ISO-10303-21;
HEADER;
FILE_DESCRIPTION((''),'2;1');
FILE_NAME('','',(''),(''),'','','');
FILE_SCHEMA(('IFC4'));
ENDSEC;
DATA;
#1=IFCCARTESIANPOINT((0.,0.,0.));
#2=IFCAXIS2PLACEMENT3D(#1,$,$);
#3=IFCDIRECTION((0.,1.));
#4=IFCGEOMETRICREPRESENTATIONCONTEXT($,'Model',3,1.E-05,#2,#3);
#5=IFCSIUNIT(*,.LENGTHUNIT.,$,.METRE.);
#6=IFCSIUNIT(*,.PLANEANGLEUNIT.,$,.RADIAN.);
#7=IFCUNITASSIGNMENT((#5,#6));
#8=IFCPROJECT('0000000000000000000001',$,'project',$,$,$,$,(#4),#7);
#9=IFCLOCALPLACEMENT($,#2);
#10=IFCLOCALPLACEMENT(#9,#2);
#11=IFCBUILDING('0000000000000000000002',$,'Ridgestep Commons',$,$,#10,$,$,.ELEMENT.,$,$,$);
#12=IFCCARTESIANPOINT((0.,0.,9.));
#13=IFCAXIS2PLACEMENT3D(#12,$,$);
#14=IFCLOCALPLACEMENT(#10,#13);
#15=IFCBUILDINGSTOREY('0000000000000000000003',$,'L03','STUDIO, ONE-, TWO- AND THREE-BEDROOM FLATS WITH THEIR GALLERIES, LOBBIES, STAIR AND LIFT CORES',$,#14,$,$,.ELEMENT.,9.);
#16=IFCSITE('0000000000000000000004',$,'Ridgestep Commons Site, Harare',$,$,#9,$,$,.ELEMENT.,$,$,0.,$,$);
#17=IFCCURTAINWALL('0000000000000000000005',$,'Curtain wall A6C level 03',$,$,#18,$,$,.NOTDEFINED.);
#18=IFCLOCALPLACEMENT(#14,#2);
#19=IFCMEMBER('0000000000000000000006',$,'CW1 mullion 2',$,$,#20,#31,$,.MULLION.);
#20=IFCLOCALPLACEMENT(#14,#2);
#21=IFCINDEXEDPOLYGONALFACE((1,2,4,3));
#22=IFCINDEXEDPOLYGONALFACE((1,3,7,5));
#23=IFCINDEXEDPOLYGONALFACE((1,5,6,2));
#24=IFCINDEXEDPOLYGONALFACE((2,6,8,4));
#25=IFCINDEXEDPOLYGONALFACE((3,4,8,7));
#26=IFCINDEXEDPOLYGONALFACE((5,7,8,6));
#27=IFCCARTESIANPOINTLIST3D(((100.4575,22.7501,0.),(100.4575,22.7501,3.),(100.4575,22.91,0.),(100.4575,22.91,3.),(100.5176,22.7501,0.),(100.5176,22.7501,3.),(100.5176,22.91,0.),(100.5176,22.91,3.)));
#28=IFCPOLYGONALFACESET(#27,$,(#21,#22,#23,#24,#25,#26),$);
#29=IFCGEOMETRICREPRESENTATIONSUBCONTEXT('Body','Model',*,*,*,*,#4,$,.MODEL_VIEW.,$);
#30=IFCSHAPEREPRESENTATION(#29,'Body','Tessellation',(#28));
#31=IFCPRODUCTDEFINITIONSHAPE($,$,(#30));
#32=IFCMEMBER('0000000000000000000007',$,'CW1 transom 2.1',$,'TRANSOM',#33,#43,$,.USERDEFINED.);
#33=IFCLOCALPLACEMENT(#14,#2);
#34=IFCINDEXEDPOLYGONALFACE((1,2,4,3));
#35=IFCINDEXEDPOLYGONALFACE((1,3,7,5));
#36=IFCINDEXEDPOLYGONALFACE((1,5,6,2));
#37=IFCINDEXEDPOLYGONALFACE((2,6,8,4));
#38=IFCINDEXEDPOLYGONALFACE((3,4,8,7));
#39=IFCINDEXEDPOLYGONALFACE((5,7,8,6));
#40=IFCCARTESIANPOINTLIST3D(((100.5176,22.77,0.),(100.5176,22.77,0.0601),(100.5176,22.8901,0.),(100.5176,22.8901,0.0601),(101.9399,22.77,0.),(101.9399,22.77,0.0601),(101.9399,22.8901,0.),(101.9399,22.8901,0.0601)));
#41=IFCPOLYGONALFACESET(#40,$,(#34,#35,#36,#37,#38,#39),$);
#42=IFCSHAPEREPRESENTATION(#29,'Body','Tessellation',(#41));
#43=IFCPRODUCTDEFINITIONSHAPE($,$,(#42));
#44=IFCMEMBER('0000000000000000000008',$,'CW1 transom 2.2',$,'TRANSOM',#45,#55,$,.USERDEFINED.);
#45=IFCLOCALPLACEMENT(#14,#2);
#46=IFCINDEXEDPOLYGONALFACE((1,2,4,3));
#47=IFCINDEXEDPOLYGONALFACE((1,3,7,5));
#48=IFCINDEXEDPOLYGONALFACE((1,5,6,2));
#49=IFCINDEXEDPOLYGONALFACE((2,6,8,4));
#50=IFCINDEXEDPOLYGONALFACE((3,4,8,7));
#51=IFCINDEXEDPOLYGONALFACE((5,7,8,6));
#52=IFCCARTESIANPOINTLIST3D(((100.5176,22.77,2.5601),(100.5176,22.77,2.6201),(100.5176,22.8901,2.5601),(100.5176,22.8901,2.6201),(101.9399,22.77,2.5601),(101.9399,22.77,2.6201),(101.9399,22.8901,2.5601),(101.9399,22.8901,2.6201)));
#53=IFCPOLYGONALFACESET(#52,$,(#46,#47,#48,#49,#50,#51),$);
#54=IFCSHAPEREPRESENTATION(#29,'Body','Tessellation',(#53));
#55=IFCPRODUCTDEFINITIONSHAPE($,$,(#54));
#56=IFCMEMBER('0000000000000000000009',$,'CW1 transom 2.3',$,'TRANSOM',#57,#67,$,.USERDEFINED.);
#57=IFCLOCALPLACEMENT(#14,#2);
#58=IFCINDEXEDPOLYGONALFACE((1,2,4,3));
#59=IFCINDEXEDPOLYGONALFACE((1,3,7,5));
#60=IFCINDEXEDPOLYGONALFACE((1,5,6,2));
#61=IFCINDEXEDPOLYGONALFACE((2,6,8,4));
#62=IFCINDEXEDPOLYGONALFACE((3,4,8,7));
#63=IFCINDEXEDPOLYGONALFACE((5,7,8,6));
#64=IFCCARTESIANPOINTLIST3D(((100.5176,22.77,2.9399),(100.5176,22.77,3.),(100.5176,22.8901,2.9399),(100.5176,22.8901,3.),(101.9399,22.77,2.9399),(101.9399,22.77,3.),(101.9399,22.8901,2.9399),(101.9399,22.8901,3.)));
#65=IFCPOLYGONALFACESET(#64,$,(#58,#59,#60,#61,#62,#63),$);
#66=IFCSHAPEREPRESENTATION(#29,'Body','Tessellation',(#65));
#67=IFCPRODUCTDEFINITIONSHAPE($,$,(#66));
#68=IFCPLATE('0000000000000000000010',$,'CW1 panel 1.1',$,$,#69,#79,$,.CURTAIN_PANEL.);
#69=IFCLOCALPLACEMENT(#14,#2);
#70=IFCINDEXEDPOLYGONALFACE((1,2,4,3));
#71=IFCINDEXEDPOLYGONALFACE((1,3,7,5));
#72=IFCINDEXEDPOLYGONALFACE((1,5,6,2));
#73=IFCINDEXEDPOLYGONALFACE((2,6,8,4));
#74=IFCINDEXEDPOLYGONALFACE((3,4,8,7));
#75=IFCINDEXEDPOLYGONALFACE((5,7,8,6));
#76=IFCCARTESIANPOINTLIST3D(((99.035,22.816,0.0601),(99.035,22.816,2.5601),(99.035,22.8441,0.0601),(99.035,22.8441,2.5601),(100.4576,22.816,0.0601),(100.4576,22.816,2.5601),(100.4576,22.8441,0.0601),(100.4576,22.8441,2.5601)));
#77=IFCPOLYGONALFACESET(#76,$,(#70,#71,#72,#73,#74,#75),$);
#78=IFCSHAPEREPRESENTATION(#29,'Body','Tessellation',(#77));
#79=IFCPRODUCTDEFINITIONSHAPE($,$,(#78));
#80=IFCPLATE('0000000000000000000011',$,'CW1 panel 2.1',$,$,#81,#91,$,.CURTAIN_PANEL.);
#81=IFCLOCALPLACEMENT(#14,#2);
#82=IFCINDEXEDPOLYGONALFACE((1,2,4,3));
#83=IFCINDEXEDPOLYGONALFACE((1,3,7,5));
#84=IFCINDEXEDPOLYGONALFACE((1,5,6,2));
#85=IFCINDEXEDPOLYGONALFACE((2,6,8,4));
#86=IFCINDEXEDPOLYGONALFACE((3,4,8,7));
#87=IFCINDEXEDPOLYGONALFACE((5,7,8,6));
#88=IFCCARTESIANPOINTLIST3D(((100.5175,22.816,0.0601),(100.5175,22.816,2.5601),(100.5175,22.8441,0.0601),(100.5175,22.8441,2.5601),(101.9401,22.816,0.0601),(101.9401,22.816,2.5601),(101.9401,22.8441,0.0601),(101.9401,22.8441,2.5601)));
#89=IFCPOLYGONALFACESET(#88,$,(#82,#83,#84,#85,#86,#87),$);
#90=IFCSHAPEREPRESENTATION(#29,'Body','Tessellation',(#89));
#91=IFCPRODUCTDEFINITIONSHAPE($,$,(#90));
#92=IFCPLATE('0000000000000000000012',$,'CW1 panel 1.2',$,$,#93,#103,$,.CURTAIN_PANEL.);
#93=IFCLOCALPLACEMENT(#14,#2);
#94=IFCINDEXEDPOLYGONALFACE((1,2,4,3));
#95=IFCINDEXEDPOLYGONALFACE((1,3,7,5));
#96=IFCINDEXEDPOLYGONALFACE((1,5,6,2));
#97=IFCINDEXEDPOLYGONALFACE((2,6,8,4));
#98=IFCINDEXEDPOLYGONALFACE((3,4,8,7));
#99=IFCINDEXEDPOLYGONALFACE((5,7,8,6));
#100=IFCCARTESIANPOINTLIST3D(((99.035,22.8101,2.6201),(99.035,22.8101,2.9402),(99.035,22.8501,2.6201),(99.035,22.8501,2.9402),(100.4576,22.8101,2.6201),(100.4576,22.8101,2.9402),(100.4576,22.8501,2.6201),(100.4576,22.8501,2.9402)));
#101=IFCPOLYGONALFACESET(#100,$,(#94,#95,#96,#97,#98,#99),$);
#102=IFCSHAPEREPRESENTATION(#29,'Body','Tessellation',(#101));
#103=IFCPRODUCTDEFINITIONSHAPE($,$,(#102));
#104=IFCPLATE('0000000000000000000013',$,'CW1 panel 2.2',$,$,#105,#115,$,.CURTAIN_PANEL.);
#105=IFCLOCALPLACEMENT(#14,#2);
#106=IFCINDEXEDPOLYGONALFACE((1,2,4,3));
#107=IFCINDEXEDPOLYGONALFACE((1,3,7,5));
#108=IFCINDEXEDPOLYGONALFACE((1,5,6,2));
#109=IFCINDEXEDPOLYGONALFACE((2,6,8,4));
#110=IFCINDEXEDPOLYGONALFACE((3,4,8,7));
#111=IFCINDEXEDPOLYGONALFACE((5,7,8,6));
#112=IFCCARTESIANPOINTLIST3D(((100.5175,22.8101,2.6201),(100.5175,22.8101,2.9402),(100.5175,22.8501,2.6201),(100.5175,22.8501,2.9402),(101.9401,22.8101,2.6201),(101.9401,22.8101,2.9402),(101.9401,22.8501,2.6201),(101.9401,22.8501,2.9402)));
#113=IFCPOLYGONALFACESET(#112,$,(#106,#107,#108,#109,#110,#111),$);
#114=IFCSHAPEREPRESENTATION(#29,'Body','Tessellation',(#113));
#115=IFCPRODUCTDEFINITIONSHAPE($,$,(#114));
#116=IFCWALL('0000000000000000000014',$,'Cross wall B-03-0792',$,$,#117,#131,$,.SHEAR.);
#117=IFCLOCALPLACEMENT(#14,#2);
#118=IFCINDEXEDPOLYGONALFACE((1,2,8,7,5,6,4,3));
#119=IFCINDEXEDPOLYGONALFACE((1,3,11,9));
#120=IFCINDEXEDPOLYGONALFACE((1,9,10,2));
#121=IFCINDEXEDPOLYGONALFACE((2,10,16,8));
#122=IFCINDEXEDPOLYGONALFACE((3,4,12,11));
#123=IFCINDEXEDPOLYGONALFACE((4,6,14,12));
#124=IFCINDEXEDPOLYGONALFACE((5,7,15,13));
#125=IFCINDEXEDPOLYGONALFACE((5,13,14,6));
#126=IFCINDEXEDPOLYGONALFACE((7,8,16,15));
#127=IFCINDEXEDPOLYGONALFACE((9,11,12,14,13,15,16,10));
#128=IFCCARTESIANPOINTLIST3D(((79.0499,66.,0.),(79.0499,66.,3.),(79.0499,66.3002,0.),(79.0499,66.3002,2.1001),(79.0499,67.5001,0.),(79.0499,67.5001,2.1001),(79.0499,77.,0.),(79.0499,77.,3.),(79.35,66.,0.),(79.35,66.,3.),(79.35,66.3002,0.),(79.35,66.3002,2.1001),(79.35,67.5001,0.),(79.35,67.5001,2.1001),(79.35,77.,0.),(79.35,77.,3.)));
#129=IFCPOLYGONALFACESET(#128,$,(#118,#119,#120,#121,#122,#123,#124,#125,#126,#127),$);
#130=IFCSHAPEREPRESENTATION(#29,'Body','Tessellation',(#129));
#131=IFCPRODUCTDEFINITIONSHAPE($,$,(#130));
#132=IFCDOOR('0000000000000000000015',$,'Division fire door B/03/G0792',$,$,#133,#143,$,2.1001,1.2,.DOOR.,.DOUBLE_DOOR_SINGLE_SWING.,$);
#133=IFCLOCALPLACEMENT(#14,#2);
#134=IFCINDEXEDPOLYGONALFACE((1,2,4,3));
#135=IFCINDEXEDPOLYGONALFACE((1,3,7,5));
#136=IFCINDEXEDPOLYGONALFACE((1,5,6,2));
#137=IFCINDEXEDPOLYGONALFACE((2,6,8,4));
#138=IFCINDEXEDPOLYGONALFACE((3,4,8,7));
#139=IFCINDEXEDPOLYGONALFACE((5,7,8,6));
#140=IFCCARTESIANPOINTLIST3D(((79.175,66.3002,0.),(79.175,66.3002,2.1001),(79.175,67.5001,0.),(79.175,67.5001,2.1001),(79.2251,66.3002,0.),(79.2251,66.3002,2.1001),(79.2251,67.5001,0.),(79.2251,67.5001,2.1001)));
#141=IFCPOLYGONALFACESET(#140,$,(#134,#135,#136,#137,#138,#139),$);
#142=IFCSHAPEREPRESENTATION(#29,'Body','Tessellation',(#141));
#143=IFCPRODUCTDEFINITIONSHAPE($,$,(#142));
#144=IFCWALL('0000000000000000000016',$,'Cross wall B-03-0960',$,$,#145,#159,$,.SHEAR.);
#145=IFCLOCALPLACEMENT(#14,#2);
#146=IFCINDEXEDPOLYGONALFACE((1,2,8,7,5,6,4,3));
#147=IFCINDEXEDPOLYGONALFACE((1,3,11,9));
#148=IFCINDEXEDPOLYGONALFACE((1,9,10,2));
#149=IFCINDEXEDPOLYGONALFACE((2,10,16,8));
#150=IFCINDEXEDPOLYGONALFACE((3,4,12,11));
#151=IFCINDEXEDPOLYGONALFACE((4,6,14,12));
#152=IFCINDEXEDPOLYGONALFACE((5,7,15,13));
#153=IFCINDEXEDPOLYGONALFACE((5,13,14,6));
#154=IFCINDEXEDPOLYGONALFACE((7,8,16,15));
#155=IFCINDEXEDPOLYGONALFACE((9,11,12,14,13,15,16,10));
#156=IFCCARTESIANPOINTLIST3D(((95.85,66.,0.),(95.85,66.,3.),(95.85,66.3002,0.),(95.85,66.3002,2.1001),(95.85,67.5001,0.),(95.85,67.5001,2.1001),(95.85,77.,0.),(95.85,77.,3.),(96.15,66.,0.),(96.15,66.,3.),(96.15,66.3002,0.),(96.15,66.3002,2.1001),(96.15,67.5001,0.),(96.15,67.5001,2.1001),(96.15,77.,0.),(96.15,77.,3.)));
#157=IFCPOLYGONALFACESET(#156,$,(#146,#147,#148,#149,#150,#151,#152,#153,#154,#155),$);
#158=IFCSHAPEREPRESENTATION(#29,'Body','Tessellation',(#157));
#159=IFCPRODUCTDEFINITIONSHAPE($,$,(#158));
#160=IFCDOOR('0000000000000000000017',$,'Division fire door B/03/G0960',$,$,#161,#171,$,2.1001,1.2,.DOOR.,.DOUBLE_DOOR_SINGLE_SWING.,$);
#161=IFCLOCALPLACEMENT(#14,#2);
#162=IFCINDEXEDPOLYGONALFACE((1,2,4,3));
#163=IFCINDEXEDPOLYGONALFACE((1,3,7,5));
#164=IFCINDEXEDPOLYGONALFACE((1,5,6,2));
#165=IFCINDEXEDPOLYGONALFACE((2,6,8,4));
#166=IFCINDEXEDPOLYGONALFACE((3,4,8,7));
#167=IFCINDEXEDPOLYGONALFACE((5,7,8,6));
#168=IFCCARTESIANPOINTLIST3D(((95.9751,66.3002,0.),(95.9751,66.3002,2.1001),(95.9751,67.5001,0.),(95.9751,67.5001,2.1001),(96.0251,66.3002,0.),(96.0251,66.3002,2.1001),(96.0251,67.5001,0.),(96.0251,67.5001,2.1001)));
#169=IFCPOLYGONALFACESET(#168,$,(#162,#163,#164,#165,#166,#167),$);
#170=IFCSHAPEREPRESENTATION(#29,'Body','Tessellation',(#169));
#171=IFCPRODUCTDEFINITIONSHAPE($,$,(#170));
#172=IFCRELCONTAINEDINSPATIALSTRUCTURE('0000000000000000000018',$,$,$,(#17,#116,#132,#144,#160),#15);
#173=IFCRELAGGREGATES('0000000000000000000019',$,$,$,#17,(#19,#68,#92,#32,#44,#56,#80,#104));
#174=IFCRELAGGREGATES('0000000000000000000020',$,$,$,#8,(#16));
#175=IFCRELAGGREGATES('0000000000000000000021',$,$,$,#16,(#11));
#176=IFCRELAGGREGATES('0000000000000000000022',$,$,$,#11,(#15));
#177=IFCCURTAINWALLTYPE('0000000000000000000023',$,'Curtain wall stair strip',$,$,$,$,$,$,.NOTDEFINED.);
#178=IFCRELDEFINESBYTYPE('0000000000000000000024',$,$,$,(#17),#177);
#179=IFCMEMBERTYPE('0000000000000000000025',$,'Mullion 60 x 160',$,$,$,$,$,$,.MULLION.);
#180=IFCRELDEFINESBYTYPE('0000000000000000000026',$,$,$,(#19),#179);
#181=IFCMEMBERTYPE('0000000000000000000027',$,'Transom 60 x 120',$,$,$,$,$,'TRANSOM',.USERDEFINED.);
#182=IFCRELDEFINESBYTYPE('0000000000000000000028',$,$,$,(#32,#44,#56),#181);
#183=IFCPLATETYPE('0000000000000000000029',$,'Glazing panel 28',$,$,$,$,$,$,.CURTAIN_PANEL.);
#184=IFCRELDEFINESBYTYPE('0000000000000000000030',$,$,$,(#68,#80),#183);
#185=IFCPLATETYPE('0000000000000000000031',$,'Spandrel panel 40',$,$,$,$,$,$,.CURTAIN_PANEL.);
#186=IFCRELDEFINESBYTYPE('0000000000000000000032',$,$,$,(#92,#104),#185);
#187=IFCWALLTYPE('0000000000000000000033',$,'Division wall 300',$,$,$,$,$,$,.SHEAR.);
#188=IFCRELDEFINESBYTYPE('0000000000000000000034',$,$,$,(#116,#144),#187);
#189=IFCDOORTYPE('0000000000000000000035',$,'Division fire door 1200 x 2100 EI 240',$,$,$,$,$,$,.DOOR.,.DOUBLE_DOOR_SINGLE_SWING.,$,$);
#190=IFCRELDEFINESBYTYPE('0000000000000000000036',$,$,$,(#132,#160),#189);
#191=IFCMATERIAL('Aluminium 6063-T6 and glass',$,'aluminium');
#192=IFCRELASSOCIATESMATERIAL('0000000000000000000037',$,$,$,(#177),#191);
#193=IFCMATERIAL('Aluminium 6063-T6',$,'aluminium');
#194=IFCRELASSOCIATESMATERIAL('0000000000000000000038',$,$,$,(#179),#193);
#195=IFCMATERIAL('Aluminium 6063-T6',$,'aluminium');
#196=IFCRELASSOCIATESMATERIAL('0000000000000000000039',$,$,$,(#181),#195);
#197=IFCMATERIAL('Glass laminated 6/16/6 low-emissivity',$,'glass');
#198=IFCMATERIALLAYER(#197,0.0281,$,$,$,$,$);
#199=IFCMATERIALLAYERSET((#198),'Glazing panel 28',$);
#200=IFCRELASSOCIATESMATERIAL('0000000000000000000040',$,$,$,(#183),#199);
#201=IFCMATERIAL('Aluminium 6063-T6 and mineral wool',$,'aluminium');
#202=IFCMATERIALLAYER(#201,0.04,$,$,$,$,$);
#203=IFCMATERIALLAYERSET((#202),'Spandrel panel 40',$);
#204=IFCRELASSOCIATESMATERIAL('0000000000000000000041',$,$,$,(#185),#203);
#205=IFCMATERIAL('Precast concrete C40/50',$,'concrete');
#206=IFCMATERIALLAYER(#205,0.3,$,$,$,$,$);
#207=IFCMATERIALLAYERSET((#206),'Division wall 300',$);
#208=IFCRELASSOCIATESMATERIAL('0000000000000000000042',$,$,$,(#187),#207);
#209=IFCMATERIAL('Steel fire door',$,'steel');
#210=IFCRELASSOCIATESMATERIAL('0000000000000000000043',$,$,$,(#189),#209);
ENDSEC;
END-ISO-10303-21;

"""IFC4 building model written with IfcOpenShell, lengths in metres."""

from ifc_helpers import new_model, si_unit, direction, frame, frame_2d, origin, origin_2d, place, context, subcontext, project, spatial, rectangle, extrude, material, layer, layer_set, material_profile, profile_set, type_object, element, fill, aggregate, save


model = new_model("IFC4")

# Units and contexts
model_context = context("Model", 3, precision=1e-05, world=origin(), true_north=direction((0.0, 1.0)))
body_context = subcontext(model_context, "Body", "Model", "MODEL_VIEW")
ifc_project = project(units=[si_unit("LENGTHUNIT", "METRE"), si_unit("PLANEANGLEUNIT", "RADIAN")], contexts=[model_context])

# Site, building, storey
site_placement = place(None, origin())
site = spatial("IfcSite", under=ifc_project, at=site_placement, Name="Ridgestep Commons Site, Harare", CompositionType="ELEMENT", RefElevation=0.0)
building_placement = place(site_placement, origin())
building = spatial("IfcBuilding", under=site, at=building_placement, Name="Ridgestep Commons", CompositionType="ELEMENT")
storey_placement = place(building_placement, frame((0.0, 0.0, 9.0)))
storey = spatial("IfcBuildingStorey", under=building, at=storey_placement, Name="L03", Description="STUDIO, ONE-, TWO- AND THREE-BEDROOM FLATS WITH THEIR GALLERIES, LOBBIES, STAIR AND LIFT CORES", CompositionType="ELEMENT", Elevation=9.0)

# Curtain wall, members, plates
ifc_material_1 = material(Name="Aluminium 6063-T6 and glass", Category="aluminium")
curtain_wall_type = type_object("IfcCurtainWallType", Name="Curtain wall stair strip", PredefinedType="NOTDEFINED", material=ifc_material_1)
curtain_wall_placement = place(storey_placement, origin())
curtain_wall = element("IfcCurtainWall", 1, at=curtain_wall_placement, inside=storey, type_object=curtain_wall_type, Name="Curtain wall A6C level 03", PredefinedType="NOTDEFINED")
ifc_material_2 = material(Name="Aluminium 6063-T6", Category="aluminium")
ifc_material_profile_1 = material_profile(ifc_material_2, rectangle(XDim=0.1599, YDim=0.0601, at=origin_2d()), Name="Mullion 60 x 160")
ifc_profile_set_1 = profile_set([ifc_material_profile_1], Name="Aluminium 6063-T6")
member_type_1 = type_object("IfcMemberType", Name="Mullion 60 x 160", PredefinedType="MULLION", material=ifc_profile_set_1)
member_1_placement = place(storey_placement, frame((100.4875, 22.8301, 0.0), z_axis=(0.0, 0.0, 1.0), x_axis=(0.0, 1.0, 0.0)))
member_1 = element("IfcMember", 2, at=member_1_placement, type_object=member_type_1, Name="CW1 mullion 2", PredefinedType="MULLION", context=body_context, shape_type="SweptSolid", body=[
    extrude(rectangle(XDim=0.1599, YDim=0.0601, at=origin_2d()), origin(), (0.0, 0.0, 1.0), 3.0),
])
ifc_material_3 = material(Name="Aluminium 6063-T6", Category="aluminium")
ifc_material_profile_2 = material_profile(ifc_material_3, rectangle(XDim=0.1201, YDim=0.0601, at=origin_2d()), Name="Transom 60 x 120")
ifc_profile_set_2 = profile_set([ifc_material_profile_2], Name="Aluminium 6063-T6")
member_type_2 = type_object("IfcMemberType", Name="Transom 60 x 120", ElementType="TRANSOM", PredefinedType="USERDEFINED", material=ifc_profile_set_2)
member_2_placement = place(storey_placement, frame((100.5176, 22.8301, 0.03), z_axis=(1.0, 0.0, 0.0), x_axis=(0.0, 1.0, 0.0)))
member_2 = element("IfcMember", 3, at=member_2_placement, type_object=member_type_2, Name="CW1 transom 2.1", ObjectType="TRANSOM", PredefinedType="USERDEFINED", context=body_context, shape_type="SweptSolid", body=[
    extrude(rectangle(XDim=0.1201, YDim=0.0601, at=origin_2d()), origin(), (0.0, 0.0, 1.0), 1.4224),
])
member_3_placement = place(storey_placement, frame((100.5176, 22.8301, 2.5901), z_axis=(1.0, 0.0, 0.0), x_axis=(0.0, 1.0, 0.0)))
member_3 = element("IfcMember", 4, at=member_3_placement, type_object=member_type_2, Name="CW1 transom 2.2", ObjectType="TRANSOM", PredefinedType="USERDEFINED", context=body_context, shape_type="SweptSolid", body=[
    extrude(rectangle(XDim=0.1201, YDim=0.0601, at=origin_2d()), origin(), (0.0, 0.0, 1.0), 1.4224),
])
member_4_placement = place(storey_placement, frame((100.5176, 22.8301, 2.97), z_axis=(1.0, 0.0, 0.0), x_axis=(0.0, 1.0, 0.0)))
member_4 = element("IfcMember", 5, at=member_4_placement, type_object=member_type_2, Name="CW1 transom 2.3", ObjectType="TRANSOM", PredefinedType="USERDEFINED", context=body_context, shape_type="SweptSolid", body=[
    extrude(rectangle(XDim=0.1201, YDim=0.0601, at=origin_2d()), origin(), (0.0, 0.0, 1.0), 1.4224),
])
ifc_material_4 = material(Name="Glass laminated 6/16/6 low-emissivity", Category="glass")
ifc_layer_1 = layer(ifc_material_4, 0.0281)
ifc_layer_set_1 = layer_set([ifc_layer_1], Name="Glazing panel 28")
plate_type_1 = type_object("IfcPlateType", Name="Glazing panel 28", PredefinedType="CURTAIN_PANEL", material=ifc_layer_set_1)
plate_1_placement = place(storey_placement, frame((99.7463, 22.8301, 0.0601), z_axis=(0.0, 0.0, 1.0), x_axis=(1.0, 0.0, 0.0)))
plate_1 = element("IfcPlate", 6, at=plate_1_placement, type_object=plate_type_1, Name="CW1 panel 1.1", PredefinedType="CURTAIN_PANEL", context=body_context, shape_type="SweptSolid", body=[
    extrude(rectangle(XDim=1.4226, YDim=0.0281, at=origin_2d()), origin(), (0.0, 0.0, 1.0), 2.5),
])
plate_2_placement = place(storey_placement, frame((101.2288, 22.8301, 0.0601), z_axis=(0.0, 0.0, 1.0), x_axis=(1.0, 0.0, 0.0)))
plate_2 = element("IfcPlate", 7, at=plate_2_placement, type_object=plate_type_1, Name="CW1 panel 2.1", PredefinedType="CURTAIN_PANEL", context=body_context, shape_type="SweptSolid", body=[
    extrude(rectangle(XDim=1.4226, YDim=0.0281, at=origin_2d()), origin(), (0.0, 0.0, 1.0), 2.5),
])
ifc_material_5 = material(Name="Aluminium 6063-T6 and mineral wool", Category="aluminium")
ifc_layer_2 = layer(ifc_material_5, 0.04)
ifc_layer_set_2 = layer_set([ifc_layer_2], Name="Spandrel panel 40")
plate_type_2 = type_object("IfcPlateType", Name="Spandrel panel 40", PredefinedType="CURTAIN_PANEL", material=ifc_layer_set_2)
plate_3_placement = place(storey_placement, frame((99.7463, 22.8301, 2.6201), z_axis=(0.0, 0.0, 1.0), x_axis=(1.0, 0.0, 0.0)))
plate_3 = element("IfcPlate", 8, at=plate_3_placement, type_object=plate_type_2, Name="CW1 panel 1.2", PredefinedType="CURTAIN_PANEL", context=body_context, shape_type="SweptSolid", body=[
    extrude(rectangle(XDim=1.4226, YDim=0.04, at=origin_2d()), origin(), (0.0, 0.0, 1.0), 0.3201),
])
plate_4_placement = place(storey_placement, frame((101.2288, 22.8301, 2.6201), z_axis=(0.0, 0.0, 1.0), x_axis=(1.0, 0.0, 0.0)))
plate_4 = element("IfcPlate", 9, at=plate_4_placement, type_object=plate_type_2, Name="CW1 panel 2.2", PredefinedType="CURTAIN_PANEL", context=body_context, shape_type="SweptSolid", body=[
    extrude(rectangle(XDim=1.4226, YDim=0.04, at=origin_2d()), origin(), (0.0, 0.0, 1.0), 0.3201),
])
aggregate(curtain_wall, [member_1, plate_1, plate_3, member_2, member_3, member_4, plate_2, plate_4])

# Walls, openings, doors
ifc_material_6 = material(Name="Precast concrete C40/50", Category="concrete")
ifc_layer_3 = layer(ifc_material_6, 0.3)
ifc_layer_set_3 = layer_set([ifc_layer_3], Name="Division wall 300")
wall_type_1 = type_object("IfcWallType", Name="Division wall 300", PredefinedType="SHEAR", material=ifc_layer_set_3)
wall_1_placement = place(storey_placement, frame((79.2, 66.0, 0.0), z_axis=(0.0, 0.0, 1.0), x_axis=(0.0, 1.0, 0.0)))
wall_1 = element("IfcWall", 10, at=wall_1_placement, inside=storey, type_object=wall_type_1, Name="Cross wall B-03-0792", PredefinedType="SHEAR", context=body_context, shape_type="SweptSolid", body=[
    extrude(rectangle(XDim=11.0, YDim=0.3, at=frame_2d((5.5, 0.0))), origin(), (0.0, 0.0, 1.0), 3.0),
])
opening_1_placement = place(wall_1_placement, frame((0.3, 0.0, 0.0)))
opening_1 = element("IfcOpeningElement", 11, at=opening_1_placement, cuts=wall_1, PredefinedType="OPENING", context=body_context, shape_type="SweptSolid", body=[
    extrude(rectangle(XDim=1.2, YDim=2.1001, at=frame_2d((0.6001, 1.05))), frame((0.0, 0.1599, 0.0), z_axis=(0.0, -1.0, 0.0), x_axis=(1.0, 0.0, 0.0)), (0.0, 0.0, 1.0), 0.3201),
])
ifc_material_7 = material(Name="Steel fire door", Category="steel")
door_type = type_object("IfcDoorType", Name="Division fire door 1200 x 2100 EI 240", OperationType="DOUBLE_DOOR_SINGLE_SWING", PredefinedType="DOOR", material=ifc_material_7)
door_1_placement = place(opening_1_placement, origin())
door_1 = element("IfcDoor", 12, at=door_1_placement, inside=storey, type_object=door_type, Name="Division fire door B/03/G0792", OperationType="DOUBLE_DOOR_SINGLE_SWING", OverallHeight=2.1001, OverallWidth=1.2, PredefinedType="DOOR", context=body_context, shape_type="SweptSolid", body=[
    extrude(rectangle(XDim=1.2, YDim=2.1001, at=frame_2d((0.6001, 1.05))), frame((0.0, 0.0249, 0.0), z_axis=(0.0, -1.0, 0.0), x_axis=(1.0, 0.0, 0.0)), (0.0, 0.0, 1.0), 0.05),
])
fill(opening_1, door_1)
wall_2_placement = place(storey_placement, frame((96.0, 66.0, 0.0), z_axis=(0.0, 0.0, 1.0), x_axis=(0.0, 1.0, 0.0)))
wall_2 = element("IfcWall", 13, at=wall_2_placement, inside=storey, type_object=wall_type_1, Name="Cross wall B-03-0960", PredefinedType="SHEAR", context=body_context, shape_type="SweptSolid", body=[
    extrude(rectangle(XDim=11.0, YDim=0.3, at=frame_2d((5.5, 0.0))), origin(), (0.0, 0.0, 1.0), 3.0),
])
opening_2_placement = place(wall_2_placement, frame((0.3, 0.0, 0.0)))
opening_2 = element("IfcOpeningElement", 14, at=opening_2_placement, cuts=wall_2, PredefinedType="OPENING", context=body_context, shape_type="SweptSolid", body=[
    extrude(rectangle(XDim=1.2, YDim=2.1001, at=frame_2d((0.6001, 1.05))), frame((0.0, 0.1599, 0.0), z_axis=(0.0, -1.0, 0.0), x_axis=(1.0, 0.0, 0.0)), (0.0, 0.0, 1.0), 0.3201),
])
door_2_placement = place(opening_2_placement, origin())
door_2 = element("IfcDoor", 15, at=door_2_placement, inside=storey, type_object=door_type, Name="Division fire door B/03/G0960", OperationType="DOUBLE_DOOR_SINGLE_SWING", OverallHeight=2.1001, OverallWidth=1.2, PredefinedType="DOOR", context=body_context, shape_type="SweptSolid", body=[
    extrude(rectangle(XDim=1.2, YDim=2.1001, at=frame_2d((0.6001, 1.05))), frame((0.0, 0.0249, 0.0), z_axis=(0.0, -1.0, 0.0), x_axis=(1.0, 0.0, 0.0)), (0.0, 0.0, 1.0), 0.05),
])
fill(opening_2, door_2)

save(model, "model.ifc")
